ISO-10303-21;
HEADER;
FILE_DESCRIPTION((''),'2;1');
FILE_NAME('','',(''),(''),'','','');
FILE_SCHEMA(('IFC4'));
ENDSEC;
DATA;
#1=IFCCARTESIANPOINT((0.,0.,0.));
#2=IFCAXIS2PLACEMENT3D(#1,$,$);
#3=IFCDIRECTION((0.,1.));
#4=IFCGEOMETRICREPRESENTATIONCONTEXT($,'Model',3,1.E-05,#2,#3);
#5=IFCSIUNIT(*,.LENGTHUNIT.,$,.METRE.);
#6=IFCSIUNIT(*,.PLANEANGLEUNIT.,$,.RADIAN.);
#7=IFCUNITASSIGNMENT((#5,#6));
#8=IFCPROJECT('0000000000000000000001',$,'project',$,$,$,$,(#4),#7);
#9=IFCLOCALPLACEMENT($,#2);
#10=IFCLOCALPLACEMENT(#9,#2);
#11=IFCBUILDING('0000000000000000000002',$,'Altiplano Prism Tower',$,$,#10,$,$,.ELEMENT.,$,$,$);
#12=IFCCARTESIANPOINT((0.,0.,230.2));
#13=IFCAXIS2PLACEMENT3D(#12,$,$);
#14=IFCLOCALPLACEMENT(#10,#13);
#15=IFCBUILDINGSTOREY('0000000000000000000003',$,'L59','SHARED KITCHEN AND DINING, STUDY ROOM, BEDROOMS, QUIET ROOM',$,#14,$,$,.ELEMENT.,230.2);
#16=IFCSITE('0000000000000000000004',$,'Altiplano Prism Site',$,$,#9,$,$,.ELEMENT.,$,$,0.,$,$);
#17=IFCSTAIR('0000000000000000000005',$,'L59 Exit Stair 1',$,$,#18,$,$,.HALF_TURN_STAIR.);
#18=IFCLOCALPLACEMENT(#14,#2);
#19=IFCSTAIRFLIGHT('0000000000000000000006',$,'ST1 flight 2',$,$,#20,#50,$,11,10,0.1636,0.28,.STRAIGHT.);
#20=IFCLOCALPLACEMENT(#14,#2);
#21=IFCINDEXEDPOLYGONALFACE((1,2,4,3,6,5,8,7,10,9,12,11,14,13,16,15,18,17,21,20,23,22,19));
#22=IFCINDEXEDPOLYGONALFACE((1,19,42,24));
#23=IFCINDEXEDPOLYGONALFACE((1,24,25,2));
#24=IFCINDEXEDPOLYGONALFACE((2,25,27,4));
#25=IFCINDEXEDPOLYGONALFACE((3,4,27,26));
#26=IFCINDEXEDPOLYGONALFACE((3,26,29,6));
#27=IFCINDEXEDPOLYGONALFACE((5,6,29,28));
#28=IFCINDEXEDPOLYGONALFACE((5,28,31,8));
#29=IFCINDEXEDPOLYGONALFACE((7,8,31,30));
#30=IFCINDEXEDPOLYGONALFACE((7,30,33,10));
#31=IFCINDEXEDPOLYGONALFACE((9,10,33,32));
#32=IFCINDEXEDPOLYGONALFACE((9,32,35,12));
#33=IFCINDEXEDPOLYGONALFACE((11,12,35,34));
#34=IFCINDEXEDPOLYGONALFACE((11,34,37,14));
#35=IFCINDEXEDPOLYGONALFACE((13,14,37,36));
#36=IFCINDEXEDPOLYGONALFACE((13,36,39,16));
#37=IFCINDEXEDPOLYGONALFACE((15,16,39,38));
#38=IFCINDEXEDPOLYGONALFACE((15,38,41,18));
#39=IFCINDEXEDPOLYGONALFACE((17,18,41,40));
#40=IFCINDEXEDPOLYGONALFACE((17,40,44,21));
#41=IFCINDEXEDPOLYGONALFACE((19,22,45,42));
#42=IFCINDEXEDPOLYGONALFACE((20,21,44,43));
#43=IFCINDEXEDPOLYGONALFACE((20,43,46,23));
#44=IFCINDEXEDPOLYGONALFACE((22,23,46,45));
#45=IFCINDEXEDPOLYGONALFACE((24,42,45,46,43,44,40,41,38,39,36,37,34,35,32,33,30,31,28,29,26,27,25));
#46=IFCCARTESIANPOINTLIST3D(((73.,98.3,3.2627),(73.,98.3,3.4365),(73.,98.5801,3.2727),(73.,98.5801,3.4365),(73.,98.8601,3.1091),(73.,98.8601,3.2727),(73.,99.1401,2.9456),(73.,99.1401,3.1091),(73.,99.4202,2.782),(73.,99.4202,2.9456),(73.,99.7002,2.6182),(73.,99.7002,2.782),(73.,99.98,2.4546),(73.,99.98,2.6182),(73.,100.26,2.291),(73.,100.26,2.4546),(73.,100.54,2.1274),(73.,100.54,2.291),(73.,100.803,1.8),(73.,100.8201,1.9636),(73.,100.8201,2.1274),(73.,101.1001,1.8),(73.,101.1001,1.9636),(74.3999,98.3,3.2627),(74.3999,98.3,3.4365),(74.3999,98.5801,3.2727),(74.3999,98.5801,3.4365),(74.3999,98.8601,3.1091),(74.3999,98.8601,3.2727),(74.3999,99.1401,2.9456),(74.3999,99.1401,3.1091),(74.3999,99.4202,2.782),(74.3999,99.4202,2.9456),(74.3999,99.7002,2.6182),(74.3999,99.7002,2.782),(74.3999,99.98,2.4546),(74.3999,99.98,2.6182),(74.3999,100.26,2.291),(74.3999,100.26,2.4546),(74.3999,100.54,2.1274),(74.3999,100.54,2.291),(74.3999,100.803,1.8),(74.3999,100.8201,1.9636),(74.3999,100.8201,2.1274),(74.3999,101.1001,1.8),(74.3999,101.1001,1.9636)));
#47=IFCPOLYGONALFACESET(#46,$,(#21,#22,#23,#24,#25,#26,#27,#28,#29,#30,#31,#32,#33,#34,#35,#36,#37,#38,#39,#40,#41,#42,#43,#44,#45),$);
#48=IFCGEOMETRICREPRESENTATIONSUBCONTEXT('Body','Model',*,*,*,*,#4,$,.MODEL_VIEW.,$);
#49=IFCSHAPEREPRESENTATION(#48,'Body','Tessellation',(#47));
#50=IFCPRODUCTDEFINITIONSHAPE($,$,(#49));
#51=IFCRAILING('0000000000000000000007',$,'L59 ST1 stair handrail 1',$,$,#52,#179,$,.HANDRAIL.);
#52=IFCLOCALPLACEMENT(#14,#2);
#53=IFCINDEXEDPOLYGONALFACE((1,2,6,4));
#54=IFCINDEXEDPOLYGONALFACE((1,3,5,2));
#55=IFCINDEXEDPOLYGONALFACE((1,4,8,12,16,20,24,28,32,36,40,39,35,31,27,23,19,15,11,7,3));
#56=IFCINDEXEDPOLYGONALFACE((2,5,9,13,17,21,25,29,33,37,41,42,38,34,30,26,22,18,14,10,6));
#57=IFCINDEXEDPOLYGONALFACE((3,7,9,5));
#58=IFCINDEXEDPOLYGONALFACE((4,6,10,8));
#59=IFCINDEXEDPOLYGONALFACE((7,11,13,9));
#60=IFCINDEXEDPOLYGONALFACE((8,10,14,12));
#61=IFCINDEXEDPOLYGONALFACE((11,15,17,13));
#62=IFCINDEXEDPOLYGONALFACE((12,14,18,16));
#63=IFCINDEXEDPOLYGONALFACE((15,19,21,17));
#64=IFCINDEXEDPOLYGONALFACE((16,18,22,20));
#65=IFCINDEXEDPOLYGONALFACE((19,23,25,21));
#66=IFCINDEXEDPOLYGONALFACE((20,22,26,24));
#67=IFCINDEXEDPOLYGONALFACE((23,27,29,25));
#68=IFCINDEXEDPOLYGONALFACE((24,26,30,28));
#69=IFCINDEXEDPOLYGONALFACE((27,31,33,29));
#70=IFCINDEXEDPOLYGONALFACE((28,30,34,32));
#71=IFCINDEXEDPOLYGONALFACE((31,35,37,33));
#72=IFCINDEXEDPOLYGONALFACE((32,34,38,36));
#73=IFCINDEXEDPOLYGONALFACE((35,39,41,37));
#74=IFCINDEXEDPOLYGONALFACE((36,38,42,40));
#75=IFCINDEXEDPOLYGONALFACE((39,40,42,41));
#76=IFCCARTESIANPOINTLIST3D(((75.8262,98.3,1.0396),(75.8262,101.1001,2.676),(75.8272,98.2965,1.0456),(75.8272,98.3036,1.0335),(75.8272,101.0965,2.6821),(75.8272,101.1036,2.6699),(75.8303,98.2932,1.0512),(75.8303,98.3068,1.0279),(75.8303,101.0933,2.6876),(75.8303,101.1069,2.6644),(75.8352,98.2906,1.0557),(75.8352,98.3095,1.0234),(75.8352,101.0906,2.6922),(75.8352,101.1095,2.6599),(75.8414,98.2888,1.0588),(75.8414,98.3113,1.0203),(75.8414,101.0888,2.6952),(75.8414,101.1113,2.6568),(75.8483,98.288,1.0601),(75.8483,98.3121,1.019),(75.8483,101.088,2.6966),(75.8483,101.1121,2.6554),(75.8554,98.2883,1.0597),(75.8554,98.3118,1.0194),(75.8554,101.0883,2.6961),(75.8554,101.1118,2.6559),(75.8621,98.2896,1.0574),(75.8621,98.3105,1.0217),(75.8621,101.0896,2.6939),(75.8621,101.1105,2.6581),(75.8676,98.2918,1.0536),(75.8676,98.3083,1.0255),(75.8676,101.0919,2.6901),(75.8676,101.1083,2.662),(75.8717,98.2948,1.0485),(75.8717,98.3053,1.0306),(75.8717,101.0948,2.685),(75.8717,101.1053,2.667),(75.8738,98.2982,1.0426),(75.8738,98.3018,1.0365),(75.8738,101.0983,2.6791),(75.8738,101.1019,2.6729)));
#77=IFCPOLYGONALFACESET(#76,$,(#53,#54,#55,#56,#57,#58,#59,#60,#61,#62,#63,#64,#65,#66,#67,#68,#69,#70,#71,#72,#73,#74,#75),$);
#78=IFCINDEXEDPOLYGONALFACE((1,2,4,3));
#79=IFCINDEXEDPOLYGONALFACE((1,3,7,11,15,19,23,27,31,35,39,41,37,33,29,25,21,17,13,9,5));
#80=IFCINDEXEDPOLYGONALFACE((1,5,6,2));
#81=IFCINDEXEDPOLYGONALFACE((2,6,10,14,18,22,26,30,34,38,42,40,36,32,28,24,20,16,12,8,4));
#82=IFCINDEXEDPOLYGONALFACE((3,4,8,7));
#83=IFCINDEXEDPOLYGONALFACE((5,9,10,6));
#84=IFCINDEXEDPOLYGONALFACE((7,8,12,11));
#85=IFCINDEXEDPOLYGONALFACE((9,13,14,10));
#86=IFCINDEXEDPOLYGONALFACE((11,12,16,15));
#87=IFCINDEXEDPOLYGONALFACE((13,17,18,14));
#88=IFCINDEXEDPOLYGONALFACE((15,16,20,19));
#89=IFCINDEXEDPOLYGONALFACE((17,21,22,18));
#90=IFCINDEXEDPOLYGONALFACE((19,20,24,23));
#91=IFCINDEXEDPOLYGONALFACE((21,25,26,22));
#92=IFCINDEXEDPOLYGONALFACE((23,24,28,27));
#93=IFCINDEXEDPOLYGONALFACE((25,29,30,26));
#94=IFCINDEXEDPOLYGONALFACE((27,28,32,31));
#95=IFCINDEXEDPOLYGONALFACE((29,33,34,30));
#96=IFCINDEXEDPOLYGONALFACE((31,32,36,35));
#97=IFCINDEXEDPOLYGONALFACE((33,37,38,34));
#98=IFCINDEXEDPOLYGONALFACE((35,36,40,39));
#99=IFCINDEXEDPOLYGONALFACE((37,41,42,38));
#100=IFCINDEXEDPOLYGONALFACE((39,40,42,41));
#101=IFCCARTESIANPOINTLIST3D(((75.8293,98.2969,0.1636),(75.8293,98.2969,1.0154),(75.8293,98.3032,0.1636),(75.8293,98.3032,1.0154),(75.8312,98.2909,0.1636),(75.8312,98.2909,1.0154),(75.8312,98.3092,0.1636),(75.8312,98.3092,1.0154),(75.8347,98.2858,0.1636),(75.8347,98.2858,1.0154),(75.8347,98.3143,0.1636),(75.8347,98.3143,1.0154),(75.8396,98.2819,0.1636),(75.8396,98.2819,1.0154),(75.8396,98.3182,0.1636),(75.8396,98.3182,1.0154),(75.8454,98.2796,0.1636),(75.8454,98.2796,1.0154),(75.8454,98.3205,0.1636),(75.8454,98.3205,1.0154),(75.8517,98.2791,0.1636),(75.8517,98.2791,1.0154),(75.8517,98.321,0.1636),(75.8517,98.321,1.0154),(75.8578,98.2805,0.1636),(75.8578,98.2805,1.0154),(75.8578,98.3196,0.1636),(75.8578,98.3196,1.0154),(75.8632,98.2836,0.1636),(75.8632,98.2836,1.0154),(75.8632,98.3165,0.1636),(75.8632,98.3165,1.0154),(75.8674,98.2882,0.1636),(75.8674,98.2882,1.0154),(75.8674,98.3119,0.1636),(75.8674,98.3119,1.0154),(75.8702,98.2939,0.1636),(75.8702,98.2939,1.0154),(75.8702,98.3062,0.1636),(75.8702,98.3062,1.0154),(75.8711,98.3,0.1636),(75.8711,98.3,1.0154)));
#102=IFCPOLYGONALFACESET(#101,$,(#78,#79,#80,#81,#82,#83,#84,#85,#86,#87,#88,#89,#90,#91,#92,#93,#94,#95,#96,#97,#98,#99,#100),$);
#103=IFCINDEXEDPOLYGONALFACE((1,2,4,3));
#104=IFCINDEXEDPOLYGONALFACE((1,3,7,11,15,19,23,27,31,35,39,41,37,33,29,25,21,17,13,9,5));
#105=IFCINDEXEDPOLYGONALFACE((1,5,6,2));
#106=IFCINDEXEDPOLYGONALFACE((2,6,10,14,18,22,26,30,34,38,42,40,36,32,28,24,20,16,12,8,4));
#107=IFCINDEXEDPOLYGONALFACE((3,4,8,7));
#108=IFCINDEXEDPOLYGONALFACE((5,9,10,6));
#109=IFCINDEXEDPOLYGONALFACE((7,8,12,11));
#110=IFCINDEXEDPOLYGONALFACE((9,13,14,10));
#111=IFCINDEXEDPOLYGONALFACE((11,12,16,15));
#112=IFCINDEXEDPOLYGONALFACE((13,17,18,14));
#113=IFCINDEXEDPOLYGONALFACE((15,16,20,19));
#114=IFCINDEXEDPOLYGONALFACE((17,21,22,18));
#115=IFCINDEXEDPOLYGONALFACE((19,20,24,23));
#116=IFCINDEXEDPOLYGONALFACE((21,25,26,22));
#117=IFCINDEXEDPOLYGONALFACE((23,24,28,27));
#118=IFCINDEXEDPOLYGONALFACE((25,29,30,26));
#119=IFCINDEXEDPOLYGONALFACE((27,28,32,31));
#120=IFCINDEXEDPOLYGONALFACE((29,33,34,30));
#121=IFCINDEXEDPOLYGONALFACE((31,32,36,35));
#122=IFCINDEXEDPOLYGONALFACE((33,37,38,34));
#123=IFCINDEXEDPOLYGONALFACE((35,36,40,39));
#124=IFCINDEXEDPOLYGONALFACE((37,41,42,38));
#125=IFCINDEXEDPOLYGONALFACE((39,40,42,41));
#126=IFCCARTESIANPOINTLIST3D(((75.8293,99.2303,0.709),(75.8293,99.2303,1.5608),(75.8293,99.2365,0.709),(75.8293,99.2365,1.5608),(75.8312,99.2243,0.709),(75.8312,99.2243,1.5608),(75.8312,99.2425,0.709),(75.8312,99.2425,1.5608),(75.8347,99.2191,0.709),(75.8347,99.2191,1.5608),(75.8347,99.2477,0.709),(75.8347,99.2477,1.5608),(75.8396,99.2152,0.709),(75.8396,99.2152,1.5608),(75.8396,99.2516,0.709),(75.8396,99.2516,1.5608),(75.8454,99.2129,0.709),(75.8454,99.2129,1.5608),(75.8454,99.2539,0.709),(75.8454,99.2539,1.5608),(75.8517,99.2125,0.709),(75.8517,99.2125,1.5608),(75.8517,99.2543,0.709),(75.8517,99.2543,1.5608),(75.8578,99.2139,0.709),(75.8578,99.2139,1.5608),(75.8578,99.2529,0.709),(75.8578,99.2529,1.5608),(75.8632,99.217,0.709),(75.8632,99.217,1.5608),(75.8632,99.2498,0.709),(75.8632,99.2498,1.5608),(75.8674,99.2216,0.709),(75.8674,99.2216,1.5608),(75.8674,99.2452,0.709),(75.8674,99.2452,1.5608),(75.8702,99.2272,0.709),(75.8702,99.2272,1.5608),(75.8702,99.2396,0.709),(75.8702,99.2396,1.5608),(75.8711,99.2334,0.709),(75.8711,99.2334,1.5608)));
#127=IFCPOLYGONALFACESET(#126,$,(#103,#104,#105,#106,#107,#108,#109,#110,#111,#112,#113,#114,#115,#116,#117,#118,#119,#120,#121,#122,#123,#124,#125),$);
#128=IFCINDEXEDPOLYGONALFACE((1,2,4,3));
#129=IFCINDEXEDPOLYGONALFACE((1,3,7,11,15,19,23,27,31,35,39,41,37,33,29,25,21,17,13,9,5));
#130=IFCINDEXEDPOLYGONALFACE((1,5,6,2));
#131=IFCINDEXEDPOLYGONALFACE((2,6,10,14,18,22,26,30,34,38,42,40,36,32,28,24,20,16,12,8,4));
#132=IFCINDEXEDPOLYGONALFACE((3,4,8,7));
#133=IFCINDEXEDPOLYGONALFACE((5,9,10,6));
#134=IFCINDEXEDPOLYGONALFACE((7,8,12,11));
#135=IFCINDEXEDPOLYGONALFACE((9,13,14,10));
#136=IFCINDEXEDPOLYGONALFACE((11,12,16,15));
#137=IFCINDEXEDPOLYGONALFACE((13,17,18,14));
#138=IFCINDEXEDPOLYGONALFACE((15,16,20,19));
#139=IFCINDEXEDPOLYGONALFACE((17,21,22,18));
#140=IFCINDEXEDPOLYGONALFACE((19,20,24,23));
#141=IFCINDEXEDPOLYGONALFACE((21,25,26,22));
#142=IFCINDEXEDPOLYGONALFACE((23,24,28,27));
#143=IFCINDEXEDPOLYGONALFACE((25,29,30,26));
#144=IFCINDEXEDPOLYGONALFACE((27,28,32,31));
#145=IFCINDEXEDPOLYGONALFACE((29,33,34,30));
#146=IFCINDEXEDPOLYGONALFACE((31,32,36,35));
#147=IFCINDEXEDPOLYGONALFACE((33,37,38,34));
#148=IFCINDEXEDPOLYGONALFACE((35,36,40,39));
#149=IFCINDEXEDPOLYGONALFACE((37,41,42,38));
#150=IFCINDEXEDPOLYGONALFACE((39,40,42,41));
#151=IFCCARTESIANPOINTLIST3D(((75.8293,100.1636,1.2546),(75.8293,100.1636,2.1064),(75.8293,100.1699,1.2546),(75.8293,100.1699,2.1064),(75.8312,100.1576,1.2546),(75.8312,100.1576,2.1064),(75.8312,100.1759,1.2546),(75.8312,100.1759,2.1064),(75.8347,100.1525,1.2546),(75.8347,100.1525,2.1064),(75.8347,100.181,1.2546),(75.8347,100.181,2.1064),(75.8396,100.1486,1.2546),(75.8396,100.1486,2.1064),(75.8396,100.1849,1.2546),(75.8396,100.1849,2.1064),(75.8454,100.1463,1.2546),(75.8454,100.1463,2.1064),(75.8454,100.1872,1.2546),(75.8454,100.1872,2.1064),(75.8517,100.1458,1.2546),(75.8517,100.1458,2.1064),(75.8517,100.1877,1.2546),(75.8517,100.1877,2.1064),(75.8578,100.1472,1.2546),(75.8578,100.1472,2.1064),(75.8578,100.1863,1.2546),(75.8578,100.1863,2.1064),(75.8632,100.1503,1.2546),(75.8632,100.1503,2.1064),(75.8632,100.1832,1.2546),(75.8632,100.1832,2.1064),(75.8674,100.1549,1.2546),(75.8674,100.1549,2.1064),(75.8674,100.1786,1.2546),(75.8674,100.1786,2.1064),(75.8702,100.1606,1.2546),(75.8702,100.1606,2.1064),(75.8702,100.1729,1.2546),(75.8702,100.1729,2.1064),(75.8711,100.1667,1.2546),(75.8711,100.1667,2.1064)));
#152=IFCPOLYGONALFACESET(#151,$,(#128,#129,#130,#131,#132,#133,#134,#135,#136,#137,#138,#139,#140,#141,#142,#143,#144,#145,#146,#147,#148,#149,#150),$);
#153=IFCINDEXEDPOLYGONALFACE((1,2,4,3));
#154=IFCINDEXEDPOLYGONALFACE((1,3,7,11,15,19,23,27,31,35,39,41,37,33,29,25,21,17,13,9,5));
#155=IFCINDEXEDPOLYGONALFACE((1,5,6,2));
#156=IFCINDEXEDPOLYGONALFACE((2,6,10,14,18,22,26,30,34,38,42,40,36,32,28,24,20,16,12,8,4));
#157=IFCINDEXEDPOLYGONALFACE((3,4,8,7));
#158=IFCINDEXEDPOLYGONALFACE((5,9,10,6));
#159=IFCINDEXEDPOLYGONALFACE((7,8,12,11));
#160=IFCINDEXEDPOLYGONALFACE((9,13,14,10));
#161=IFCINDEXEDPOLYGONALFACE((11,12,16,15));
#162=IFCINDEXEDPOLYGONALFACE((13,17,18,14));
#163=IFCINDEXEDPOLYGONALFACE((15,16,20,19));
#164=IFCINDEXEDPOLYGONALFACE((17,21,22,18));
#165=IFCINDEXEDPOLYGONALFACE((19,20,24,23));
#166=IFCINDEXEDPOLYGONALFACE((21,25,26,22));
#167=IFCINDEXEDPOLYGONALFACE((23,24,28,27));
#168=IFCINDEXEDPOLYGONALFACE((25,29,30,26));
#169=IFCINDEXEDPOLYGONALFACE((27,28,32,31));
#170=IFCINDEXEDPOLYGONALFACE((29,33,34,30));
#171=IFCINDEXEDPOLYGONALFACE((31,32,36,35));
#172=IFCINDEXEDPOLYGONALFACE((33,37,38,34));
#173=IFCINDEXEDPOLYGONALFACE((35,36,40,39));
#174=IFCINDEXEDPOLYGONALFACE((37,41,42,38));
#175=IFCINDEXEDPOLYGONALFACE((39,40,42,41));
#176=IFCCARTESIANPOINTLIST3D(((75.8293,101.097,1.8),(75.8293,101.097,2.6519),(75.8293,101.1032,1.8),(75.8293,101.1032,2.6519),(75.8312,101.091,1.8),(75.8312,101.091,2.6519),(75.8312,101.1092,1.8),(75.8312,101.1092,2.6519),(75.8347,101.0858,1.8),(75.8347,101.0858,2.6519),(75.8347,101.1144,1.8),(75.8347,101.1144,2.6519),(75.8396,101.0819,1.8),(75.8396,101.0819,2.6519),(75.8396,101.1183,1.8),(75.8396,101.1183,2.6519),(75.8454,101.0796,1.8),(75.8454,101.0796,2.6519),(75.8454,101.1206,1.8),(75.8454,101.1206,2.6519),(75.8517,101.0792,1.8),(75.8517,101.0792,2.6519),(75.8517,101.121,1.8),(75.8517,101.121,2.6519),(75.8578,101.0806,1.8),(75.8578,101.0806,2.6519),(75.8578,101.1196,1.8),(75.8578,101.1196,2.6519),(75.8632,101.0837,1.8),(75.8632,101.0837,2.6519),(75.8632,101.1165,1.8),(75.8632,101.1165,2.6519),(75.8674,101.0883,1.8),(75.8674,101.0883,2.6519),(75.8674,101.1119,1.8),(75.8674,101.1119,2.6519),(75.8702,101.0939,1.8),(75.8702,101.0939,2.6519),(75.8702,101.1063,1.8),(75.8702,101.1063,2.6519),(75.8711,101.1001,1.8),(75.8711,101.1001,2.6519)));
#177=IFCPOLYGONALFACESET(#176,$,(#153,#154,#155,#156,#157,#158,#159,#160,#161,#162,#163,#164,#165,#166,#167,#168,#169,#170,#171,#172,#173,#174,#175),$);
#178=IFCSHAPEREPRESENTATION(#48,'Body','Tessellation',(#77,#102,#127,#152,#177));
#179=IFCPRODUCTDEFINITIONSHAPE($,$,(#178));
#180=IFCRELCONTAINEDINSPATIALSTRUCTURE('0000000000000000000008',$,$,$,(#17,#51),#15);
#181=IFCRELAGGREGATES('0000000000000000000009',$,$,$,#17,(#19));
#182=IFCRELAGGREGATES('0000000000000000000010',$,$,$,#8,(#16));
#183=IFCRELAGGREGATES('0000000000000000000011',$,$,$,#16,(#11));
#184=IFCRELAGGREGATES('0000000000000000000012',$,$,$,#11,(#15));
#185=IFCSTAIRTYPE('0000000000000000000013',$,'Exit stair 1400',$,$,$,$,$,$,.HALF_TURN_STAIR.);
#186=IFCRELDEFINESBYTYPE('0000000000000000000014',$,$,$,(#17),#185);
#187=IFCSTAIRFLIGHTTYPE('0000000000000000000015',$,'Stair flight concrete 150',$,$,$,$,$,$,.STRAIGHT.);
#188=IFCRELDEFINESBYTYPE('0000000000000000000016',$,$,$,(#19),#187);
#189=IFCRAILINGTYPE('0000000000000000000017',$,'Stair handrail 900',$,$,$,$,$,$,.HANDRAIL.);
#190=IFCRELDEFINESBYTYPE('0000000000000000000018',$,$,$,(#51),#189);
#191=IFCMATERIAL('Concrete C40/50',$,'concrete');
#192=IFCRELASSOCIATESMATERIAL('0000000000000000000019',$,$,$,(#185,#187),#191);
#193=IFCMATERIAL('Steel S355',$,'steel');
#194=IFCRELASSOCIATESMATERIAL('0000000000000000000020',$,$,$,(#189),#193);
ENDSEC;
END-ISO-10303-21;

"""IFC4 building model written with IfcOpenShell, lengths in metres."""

from ifc_helpers import new_model, si_unit, direction, frame, origin, origin_2d, place, context, subcontext, project, spatial, polyline, circle, outline, extrude, material, type_object, element, aggregate, save


model = new_model("IFC4")

# Units and contexts
model_context = context("Model", 3, precision=1e-05, world=origin(), true_north=direction((0.0, 1.0)))
body_context = subcontext(model_context, "Body", "Model", "MODEL_VIEW")
ifc_project = project(units=[si_unit("LENGTHUNIT", "METRE"), si_unit("PLANEANGLEUNIT", "RADIAN")], contexts=[model_context])

# Site, building, storey
site_placement = place(None, origin())
site = spatial("IfcSite", under=ifc_project, at=site_placement, Name="Altiplano Prism Site", CompositionType="ELEMENT", RefElevation=0.0)
building_placement = place(site_placement, origin())
building = spatial("IfcBuilding", under=site, at=building_placement, Name="Altiplano Prism Tower", CompositionType="ELEMENT")
storey_placement = place(building_placement, frame((0.0, 0.0, 230.2)))
storey = spatial("IfcBuildingStorey", under=building, at=storey_placement, Name="L59", Description="SHARED KITCHEN AND DINING, STUDY ROOM, BEDROOMS, QUIET ROOM", CompositionType="ELEMENT", Elevation=230.2)

# Stair, stair flight
ifc_material_1 = material(Name="Concrete C40/50", Category="concrete")
stair_type = type_object("IfcStairType", Name="Exit stair 1400", PredefinedType="HALF_TURN_STAIR", material=ifc_material_1)
stair_placement = place(storey_placement, origin())
stair = element("IfcStair", 1, at=stair_placement, inside=storey, type_object=stair_type, Name="L59 Exit Stair 1", PredefinedType="HALF_TURN_STAIR")
stair_flight_type = type_object("IfcStairFlightType", Name="Stair flight concrete 150", PredefinedType="STRAIGHT", material=ifc_material_1)
stair_flight_1_placement = place(storey_placement, frame((73.7, 101.1001, 1.8), z_axis=(0.0, 0.0, 1.0), x_axis=(0.0, -1.0, 0.0)))
stair_flight_1 = element("IfcStairFlight", 2, at=stair_flight_1_placement, type_object=stair_flight_type, Name="ST1 flight 2", NumberOfRisers=11, NumberOfTreads=10, PredefinedType="STRAIGHT", RiserHeight=0.1636, TreadLength=0.28, context=body_context, shape_type="SweptSolid", body=[
    extrude(outline(polyline([(0.0, 0.0), (0.0, 0.1636), (0.28, 0.1636), (0.28, 0.3274), (0.5601, 0.3274), (0.5601, 0.491), (0.8401, 0.491), (0.8401, 0.6545), (1.1201, 0.6545), (1.1201, 0.8181), (1.3999, 0.8181), (1.3999, 0.9819), (1.6799, 0.9819), (1.6799, 1.1455), (1.96, 1.1455), (1.96, 1.3091), (2.24, 1.3091), (2.24, 1.4727), (2.52, 1.4727), (2.52, 1.6365), (2.8, 1.6365), (2.8, 1.8), (2.8, 1.4626), (0.2971, 0.0), (0.0, 0.0)])), frame((0.0, 0.7, 0.0), z_axis=(0.0, -1.0, 0.0), x_axis=(1.0, 0.0, 0.0)), (0.0, 0.0, 1.0), 1.3999),
])
aggregate(stair, [stair_flight_1])

# Railing
ifc_material_2 = material(Name="Steel S355", Category="steel")
railing_type_1 = type_object("IfcRailingType", Name="Stair handrail 900", PredefinedType="HANDRAIL", material=ifc_material_2)
railing_1_placement = place(storey_placement, frame((75.8501, 98.3, 0.1636)))
element("IfcRailing", 3, at=railing_1_placement, inside=storey, type_object=railing_type_1, Name="L59 ST1 stair handrail 1", PredefinedType="HANDRAIL", context=body_context, shape_type="SweptSolid", body=[
    extrude(circle(Radius=0.0239, at=origin_2d()), frame((0.0, 0.0, 0.876), z_axis=(0.0, 0.863361, 0.504587), x_axis=(-1.0, 0.0, 0.0)), (0.0, 0.0, 1.0), 3.2432),
    extrude(circle(Radius=0.021, at=origin_2d()), origin(), (0.0, 0.0, 1.0), 0.8518),
    extrude(circle(Radius=0.021, at=origin_2d()), frame((0.0, 0.9333, 0.5454)), (0.0, 0.0, 1.0), 0.8518),
    extrude(circle(Radius=0.021, at=origin_2d()), frame((0.0, 1.8667, 1.0911)), (0.0, 0.0, 1.0), 0.8518),
    extrude(circle(Radius=0.021, at=origin_2d()), frame((0.0, 2.8, 1.6365)), (0.0, 0.0, 1.0), 0.8518),
])

save(model, "model.ifc")
